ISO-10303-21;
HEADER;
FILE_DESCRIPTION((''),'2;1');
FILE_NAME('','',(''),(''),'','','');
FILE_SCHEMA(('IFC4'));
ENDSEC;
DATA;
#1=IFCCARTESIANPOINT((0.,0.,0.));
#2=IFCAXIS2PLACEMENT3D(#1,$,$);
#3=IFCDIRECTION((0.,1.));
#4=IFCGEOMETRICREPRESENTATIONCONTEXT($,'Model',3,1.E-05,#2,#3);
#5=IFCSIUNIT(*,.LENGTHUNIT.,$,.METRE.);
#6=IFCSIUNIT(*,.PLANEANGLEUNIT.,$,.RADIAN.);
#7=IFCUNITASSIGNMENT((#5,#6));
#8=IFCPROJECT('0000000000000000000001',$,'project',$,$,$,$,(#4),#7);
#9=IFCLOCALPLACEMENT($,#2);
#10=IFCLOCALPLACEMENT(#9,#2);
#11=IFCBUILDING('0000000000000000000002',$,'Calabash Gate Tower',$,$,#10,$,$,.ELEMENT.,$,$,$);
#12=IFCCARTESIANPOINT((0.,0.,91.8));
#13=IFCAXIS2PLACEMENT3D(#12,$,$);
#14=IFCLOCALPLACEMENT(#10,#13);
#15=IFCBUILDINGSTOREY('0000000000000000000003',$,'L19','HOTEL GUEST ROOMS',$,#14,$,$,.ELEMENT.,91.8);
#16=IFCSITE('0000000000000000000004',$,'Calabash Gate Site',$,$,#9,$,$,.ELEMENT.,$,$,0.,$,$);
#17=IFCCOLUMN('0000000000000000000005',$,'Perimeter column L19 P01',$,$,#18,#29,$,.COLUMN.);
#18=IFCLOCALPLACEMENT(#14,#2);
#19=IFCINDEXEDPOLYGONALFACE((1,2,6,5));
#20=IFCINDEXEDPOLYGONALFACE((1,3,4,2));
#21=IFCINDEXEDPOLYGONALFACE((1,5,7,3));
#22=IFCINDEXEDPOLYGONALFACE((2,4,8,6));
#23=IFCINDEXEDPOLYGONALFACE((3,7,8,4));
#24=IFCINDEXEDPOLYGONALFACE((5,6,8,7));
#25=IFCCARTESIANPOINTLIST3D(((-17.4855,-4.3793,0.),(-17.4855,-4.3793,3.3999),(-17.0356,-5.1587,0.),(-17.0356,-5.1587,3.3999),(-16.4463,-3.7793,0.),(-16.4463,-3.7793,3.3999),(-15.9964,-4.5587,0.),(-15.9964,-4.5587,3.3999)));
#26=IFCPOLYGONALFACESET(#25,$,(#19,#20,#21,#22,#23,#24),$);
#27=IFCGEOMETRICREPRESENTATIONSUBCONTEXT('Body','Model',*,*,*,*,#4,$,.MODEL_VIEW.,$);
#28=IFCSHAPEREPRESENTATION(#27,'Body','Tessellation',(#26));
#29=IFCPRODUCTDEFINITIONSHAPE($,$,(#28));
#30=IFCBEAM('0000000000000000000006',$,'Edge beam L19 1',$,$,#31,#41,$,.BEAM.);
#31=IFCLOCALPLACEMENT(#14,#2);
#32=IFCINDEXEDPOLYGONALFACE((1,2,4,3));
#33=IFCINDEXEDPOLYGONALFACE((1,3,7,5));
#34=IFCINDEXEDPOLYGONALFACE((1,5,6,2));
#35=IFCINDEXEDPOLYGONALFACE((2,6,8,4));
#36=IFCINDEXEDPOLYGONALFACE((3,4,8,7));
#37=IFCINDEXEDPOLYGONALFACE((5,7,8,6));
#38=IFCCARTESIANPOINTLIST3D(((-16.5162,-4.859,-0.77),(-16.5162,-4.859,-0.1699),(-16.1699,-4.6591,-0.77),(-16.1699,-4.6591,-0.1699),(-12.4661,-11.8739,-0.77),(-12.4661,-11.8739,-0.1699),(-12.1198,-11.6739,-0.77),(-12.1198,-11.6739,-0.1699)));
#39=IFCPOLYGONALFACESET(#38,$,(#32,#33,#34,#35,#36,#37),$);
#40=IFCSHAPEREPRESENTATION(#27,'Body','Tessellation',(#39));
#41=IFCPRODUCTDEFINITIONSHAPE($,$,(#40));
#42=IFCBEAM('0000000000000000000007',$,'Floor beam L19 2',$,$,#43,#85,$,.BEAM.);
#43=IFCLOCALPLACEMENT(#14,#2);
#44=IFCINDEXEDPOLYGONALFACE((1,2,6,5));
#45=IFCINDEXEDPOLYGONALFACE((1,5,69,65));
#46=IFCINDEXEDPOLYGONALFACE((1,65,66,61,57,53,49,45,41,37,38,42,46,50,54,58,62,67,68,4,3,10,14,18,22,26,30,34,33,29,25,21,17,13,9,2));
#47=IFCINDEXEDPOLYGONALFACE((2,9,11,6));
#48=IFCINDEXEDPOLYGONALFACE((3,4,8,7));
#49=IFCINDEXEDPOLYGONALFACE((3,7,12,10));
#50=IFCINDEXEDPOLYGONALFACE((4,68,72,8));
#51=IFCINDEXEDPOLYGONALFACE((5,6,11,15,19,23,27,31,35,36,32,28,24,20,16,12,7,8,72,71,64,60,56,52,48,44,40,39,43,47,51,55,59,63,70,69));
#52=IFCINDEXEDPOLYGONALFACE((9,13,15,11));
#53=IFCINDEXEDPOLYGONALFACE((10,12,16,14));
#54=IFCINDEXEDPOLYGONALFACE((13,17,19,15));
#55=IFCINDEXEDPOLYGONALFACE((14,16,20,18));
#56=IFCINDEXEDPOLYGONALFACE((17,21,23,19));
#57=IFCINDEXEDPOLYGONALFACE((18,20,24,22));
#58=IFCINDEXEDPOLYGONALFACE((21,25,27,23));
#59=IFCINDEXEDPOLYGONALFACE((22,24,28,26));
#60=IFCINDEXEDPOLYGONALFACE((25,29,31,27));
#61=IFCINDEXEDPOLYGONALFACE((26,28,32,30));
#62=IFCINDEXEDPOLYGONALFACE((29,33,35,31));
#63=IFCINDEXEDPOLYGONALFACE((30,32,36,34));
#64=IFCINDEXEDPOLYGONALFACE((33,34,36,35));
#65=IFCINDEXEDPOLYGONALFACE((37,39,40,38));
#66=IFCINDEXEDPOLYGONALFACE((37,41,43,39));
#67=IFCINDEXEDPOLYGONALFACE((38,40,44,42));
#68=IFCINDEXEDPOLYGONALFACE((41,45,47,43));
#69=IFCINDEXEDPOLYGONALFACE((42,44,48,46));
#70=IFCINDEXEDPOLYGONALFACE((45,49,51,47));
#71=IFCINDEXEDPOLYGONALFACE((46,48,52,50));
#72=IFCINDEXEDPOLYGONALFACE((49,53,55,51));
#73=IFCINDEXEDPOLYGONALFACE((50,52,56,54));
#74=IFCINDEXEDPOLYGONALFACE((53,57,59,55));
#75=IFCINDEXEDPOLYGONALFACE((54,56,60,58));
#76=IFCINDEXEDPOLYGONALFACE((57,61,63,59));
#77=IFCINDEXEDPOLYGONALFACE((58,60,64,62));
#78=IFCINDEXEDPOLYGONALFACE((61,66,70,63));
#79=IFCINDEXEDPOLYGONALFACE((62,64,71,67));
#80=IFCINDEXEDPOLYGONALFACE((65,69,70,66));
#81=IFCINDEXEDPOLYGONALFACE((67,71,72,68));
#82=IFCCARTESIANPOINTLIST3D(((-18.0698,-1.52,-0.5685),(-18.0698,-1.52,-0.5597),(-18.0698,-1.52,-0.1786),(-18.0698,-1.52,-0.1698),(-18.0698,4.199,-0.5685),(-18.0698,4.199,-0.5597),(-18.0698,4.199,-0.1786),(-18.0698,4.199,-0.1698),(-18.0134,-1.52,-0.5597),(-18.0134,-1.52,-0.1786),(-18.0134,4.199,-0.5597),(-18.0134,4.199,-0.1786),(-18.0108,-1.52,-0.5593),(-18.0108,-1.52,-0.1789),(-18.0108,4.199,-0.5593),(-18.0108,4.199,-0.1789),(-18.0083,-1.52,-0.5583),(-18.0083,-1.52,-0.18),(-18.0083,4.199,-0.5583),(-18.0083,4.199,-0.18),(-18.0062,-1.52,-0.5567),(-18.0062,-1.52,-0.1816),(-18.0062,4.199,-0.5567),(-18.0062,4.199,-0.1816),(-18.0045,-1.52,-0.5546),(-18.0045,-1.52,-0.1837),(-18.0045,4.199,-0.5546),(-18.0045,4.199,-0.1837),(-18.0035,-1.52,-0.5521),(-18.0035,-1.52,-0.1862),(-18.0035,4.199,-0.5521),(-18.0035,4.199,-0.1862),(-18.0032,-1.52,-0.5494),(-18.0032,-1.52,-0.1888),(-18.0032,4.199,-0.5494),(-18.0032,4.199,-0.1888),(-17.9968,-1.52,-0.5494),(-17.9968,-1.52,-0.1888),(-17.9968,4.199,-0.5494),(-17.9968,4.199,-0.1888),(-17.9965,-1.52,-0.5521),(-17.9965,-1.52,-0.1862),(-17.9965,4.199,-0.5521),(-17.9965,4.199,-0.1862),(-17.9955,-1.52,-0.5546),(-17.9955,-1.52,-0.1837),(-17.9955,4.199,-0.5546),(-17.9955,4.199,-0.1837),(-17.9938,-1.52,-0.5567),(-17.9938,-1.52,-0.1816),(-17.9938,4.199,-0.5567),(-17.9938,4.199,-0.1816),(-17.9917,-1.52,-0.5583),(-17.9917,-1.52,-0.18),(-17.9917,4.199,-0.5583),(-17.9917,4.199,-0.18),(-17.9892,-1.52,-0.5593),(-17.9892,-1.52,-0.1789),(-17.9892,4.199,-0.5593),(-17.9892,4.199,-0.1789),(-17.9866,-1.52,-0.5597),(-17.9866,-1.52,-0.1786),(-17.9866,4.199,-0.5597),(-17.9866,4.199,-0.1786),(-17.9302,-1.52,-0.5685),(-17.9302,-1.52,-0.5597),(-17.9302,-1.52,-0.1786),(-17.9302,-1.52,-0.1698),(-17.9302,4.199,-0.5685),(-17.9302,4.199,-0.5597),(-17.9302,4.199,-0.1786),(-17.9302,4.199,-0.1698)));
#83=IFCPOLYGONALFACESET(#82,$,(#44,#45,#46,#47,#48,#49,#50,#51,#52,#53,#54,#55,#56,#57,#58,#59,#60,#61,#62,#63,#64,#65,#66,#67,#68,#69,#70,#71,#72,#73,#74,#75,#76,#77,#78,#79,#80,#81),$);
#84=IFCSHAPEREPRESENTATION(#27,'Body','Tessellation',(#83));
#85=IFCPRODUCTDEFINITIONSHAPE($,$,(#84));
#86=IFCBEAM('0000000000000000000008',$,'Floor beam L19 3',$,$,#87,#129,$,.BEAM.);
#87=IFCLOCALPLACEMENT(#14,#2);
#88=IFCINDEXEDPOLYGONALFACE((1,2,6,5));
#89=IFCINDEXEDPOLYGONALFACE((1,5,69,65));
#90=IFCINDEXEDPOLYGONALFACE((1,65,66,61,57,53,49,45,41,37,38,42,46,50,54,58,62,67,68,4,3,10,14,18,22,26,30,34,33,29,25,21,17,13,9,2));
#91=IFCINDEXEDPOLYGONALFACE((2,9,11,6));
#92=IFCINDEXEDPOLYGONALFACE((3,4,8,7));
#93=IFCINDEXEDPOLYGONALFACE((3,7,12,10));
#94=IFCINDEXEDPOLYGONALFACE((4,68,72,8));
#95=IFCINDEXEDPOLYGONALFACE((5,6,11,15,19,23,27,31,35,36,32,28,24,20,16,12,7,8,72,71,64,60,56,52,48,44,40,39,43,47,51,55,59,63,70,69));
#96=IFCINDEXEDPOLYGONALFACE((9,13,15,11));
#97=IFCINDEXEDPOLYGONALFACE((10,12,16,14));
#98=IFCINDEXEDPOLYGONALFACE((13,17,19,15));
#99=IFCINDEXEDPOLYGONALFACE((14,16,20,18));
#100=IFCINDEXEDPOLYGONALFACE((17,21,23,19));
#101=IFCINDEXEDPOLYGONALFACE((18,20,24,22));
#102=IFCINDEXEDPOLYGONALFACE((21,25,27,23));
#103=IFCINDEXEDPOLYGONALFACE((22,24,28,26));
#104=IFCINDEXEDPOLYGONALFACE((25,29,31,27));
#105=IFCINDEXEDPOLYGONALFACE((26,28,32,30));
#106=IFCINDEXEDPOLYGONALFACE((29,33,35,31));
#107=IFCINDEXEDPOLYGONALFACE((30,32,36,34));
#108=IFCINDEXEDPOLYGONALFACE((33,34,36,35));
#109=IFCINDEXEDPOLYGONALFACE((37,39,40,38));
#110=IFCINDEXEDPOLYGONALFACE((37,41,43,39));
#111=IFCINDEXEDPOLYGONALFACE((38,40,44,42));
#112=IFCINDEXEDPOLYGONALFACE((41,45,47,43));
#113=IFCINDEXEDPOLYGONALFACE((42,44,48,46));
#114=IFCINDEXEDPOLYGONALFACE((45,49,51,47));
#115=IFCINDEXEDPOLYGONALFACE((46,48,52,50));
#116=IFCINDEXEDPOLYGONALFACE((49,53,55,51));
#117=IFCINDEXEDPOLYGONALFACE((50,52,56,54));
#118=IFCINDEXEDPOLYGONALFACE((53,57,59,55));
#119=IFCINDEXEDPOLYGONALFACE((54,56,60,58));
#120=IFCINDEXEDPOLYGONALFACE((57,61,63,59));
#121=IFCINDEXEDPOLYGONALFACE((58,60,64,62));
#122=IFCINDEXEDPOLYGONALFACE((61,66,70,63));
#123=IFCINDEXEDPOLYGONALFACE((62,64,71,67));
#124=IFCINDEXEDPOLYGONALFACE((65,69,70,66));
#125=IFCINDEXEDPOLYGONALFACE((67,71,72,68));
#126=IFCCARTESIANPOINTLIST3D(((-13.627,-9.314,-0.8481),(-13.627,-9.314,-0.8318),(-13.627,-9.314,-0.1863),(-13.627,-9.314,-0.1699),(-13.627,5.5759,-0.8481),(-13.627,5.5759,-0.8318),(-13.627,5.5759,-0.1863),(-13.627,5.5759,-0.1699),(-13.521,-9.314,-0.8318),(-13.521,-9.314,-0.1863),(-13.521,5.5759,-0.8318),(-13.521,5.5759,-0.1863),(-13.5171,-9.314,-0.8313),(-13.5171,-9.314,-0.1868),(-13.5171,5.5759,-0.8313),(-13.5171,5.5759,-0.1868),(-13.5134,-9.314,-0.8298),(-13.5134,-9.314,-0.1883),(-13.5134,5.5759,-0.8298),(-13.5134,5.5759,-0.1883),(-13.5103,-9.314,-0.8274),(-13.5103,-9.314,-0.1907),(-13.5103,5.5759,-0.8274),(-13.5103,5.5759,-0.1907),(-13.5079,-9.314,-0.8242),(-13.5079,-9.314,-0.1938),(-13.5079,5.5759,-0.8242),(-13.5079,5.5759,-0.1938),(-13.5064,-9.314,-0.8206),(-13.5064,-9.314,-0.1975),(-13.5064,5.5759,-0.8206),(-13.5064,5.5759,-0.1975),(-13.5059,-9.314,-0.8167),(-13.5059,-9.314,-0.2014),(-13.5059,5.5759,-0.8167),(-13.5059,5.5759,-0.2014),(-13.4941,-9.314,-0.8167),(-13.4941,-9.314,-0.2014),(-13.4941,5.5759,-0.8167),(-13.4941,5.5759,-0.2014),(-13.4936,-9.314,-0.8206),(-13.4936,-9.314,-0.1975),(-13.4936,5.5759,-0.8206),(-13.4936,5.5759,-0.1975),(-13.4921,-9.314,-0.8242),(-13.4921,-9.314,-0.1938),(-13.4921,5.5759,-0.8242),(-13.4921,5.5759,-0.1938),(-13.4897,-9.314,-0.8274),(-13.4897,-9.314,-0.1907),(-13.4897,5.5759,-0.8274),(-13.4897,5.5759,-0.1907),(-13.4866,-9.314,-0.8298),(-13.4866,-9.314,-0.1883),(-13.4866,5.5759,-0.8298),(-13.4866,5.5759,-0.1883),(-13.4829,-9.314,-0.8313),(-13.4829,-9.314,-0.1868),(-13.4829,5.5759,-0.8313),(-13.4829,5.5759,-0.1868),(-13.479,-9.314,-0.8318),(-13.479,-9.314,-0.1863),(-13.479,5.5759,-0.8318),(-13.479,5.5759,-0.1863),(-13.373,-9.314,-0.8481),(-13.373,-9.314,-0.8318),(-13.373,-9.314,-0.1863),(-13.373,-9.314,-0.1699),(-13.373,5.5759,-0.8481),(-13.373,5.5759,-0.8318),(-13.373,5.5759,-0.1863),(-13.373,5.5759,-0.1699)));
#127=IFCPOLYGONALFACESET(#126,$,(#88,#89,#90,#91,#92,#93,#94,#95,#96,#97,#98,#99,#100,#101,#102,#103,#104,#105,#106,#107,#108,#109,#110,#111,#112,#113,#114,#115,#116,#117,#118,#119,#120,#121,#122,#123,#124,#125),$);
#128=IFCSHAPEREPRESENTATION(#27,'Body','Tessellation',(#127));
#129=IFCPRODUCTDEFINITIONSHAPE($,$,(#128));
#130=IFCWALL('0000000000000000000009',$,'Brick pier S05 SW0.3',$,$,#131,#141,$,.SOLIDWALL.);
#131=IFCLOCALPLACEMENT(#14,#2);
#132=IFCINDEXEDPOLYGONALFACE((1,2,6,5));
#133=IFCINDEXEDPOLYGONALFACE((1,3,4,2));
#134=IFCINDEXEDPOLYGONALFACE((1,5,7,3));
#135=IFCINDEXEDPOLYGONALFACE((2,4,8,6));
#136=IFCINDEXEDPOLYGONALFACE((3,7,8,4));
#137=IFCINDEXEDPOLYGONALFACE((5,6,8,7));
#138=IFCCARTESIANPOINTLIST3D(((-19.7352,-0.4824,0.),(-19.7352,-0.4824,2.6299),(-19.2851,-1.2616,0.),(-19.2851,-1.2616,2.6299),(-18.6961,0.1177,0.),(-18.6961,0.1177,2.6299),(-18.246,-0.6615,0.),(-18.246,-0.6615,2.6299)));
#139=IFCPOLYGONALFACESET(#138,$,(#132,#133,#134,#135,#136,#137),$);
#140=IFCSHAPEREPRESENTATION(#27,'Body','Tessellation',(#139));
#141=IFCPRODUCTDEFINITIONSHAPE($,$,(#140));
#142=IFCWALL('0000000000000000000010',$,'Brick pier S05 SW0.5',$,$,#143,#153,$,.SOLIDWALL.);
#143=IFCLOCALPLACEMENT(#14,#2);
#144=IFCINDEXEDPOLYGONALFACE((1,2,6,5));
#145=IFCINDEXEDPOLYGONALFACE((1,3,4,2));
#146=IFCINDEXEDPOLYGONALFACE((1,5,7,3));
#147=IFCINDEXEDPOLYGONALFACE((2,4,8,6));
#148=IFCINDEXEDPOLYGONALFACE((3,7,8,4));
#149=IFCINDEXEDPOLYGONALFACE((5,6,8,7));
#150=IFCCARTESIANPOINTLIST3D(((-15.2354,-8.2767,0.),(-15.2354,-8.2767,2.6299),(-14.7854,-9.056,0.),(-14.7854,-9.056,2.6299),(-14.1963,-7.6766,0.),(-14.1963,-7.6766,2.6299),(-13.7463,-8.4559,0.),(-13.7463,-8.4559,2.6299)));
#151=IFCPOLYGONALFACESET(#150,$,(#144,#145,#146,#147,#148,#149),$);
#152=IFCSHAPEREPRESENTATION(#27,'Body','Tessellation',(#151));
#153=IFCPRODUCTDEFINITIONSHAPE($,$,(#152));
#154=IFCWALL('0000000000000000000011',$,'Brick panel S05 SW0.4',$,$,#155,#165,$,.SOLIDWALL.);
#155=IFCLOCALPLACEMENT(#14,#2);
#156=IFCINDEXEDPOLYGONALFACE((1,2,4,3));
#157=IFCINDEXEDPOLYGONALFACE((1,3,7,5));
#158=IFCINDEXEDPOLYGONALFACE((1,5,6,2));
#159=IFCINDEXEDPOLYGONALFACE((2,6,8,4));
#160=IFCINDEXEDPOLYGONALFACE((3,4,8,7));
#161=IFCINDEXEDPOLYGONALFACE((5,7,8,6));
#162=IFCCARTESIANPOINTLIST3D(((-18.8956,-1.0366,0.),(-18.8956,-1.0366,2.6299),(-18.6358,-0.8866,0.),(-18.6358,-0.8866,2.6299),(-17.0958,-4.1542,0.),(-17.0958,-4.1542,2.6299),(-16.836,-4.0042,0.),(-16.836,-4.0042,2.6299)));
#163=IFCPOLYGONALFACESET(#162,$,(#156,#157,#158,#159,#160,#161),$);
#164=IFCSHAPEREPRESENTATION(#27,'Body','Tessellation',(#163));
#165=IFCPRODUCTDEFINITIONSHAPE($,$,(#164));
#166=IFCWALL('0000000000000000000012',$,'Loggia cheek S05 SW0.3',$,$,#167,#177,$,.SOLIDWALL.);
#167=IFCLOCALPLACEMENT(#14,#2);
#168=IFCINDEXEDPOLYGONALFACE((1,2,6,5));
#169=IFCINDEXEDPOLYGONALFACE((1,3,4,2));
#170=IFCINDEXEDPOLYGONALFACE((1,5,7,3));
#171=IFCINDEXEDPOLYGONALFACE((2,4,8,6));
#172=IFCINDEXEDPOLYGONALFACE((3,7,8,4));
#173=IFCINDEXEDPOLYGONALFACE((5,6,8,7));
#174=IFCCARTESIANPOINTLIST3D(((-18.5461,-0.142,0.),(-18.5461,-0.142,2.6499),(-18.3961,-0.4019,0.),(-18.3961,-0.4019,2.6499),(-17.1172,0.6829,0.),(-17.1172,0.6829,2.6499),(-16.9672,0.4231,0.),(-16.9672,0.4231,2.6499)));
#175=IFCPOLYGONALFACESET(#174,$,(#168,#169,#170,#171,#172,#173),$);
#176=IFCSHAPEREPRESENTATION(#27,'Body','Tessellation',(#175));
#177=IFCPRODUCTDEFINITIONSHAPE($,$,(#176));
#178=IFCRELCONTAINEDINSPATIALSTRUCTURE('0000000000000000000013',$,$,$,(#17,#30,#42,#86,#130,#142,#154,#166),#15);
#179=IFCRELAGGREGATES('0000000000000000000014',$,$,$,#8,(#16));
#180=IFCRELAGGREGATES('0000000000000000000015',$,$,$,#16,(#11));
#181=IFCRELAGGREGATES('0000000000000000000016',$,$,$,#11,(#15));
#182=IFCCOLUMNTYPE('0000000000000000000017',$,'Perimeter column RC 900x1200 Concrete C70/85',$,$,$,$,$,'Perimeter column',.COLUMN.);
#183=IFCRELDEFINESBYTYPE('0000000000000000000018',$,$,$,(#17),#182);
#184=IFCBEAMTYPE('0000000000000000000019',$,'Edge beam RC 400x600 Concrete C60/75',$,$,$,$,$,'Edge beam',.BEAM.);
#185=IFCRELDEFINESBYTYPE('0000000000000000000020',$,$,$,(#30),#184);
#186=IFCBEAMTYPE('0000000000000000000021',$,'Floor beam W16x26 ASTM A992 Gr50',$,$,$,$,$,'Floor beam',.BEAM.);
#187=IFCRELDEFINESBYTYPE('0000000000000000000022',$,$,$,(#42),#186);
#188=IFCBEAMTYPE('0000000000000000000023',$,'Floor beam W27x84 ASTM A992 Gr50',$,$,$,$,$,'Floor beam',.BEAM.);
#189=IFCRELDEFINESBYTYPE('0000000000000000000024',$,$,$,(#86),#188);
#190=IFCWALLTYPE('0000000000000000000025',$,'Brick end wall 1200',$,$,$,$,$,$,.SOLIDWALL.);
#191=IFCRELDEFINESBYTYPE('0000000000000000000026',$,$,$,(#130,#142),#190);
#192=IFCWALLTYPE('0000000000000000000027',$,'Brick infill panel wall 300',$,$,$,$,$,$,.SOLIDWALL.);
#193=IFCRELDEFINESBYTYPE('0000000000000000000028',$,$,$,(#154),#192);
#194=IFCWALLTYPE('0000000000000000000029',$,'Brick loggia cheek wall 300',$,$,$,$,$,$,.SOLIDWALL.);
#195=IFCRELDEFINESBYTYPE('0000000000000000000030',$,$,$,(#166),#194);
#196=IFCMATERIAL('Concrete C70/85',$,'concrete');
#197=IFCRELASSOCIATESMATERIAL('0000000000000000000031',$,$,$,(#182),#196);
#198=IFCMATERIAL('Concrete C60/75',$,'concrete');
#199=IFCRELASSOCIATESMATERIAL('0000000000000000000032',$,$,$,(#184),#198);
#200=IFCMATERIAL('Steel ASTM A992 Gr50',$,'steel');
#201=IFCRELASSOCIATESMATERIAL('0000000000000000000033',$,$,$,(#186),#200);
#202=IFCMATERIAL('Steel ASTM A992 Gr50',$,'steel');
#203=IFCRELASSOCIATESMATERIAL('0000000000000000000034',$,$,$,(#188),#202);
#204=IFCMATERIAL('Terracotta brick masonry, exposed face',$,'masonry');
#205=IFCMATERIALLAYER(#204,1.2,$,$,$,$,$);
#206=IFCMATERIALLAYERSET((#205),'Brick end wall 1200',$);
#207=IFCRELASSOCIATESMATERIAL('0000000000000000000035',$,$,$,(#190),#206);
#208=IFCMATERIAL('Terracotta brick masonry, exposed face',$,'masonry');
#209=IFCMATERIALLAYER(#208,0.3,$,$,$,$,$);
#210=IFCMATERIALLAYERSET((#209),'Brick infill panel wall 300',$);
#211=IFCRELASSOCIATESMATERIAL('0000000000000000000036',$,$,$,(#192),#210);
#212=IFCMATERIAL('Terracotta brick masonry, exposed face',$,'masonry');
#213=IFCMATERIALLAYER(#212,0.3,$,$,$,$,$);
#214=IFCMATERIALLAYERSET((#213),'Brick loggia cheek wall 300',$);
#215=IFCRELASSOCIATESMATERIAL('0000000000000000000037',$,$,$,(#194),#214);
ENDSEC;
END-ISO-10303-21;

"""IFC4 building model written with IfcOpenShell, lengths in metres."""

from ifc_helpers import new_model, si_unit, direction, frame, frame_2d, origin, origin_2d, place, context, subcontext, project, spatial, rectangle, i_section, extrude, material, layer, layer_set, material_profile, profile_set, type_object, element, save


model = new_model("IFC4")

# Units and contexts
model_context = context("Model", 3, precision=1e-05, world=origin(), true_north=direction((0.0, 1.0)))
body_context = subcontext(model_context, "Body", "Model", "MODEL_VIEW")
ifc_project = project(units=[si_unit("LENGTHUNIT", "METRE"), si_unit("PLANEANGLEUNIT", "RADIAN")], contexts=[model_context])

# Site, building, storey
site_placement = place(None, origin())
site = spatial("IfcSite", under=ifc_project, at=site_placement, Name="Calabash Gate Site", CompositionType="ELEMENT", RefElevation=0.0)
building_placement = place(site_placement, origin())
building = spatial("IfcBuilding", under=site, at=building_placement, Name="Calabash Gate Tower", CompositionType="ELEMENT")
storey_placement = place(building_placement, frame((0.0, 0.0, 91.8)))
storey = spatial("IfcBuildingStorey", under=building, at=storey_placement, Name="L19", Description="HOTEL GUEST ROOMS", CompositionType="ELEMENT", Elevation=91.8)

# Column
ifc_material_1 = material(Name="Concrete C70/85", Category="concrete")
ifc_material_profile_1 = material_profile(ifc_material_1, rectangle(XDim=0.8999, YDim=1.2, at=origin_2d()))
ifc_profile_set_1 = profile_set([ifc_material_profile_1], Name="Concrete C70/85")
column_type = type_object("IfcColumnType", Name="Perimeter column RC 900x1200 Concrete C70/85", ElementType="Perimeter column", PredefinedType="COLUMN", material=ifc_profile_set_1)
column_placement = place(storey_placement, frame((-16.741, -4.469, 0.0), z_axis=(0.0, 0.0, 1.0), x_axis=(0.5, -0.866025, 0.0)))
element("IfcColumn", 1, at=column_placement, inside=storey, type_object=column_type, Name="Perimeter column L19 P01", PredefinedType="COLUMN", context=body_context, shape_type="SweptSolid", body=[
    extrude(rectangle(XDim=0.8999, YDim=1.2, at=origin_2d()), origin(), (0.0, 0.0, 1.0), 3.3999),
])

# Beams
ifc_material_2 = material(Name="Concrete C60/75", Category="concrete")
ifc_material_profile_2 = material_profile(ifc_material_2, rectangle(XDim=0.3999, YDim=0.6001, at=origin_2d()))
ifc_profile_set_2 = profile_set([ifc_material_profile_2], Name="Concrete C60/75")
beam_type_1 = type_object("IfcBeamType", Name="Edge beam RC 400x600 Concrete C60/75", ElementType="Edge beam", PredefinedType="BEAM", material=ifc_profile_set_2)
beam_1_placement = place(storey_placement, frame((-16.343, -4.759, -0.47), z_axis=(0.5, -0.866025, 0.0), x_axis=(0.866025, 0.5, 0.0)))
element("IfcBeam", 2, at=beam_1_placement, inside=storey, type_object=beam_type_1, Name="Edge beam L19 1", PredefinedType="BEAM", context=body_context, shape_type="SweptSolid", body=[
    extrude(rectangle(XDim=0.3999, YDim=0.6001, at=origin_2d()), origin(), (0.0, 0.0, 1.0), 8.1001),
])
ifc_material_3 = material(Name="Steel ASTM A992 Gr50", Category="steel")
ifc_material_profile_3 = material_profile(ifc_material_3, i_section(OverallWidth=0.1396, OverallDepth=0.3987, WebThickness=0.0063, FlangeThickness=0.0088, FilletRadius=0.0103, at=origin_2d()))
ifc_profile_set_3 = profile_set([ifc_material_profile_3], Name="Steel ASTM A992 Gr50")
beam_type_2 = type_object("IfcBeamType", Name="Floor beam W16x26 ASTM A992 Gr50", ElementType="Floor beam", PredefinedType="BEAM", material=ifc_profile_set_3)
beam_2_placement = place(storey_placement, frame((-18.0, -1.52, -0.3691), z_axis=(0.0, 1.0, 0.0), x_axis=(-1.0, 0.0, 0.0)))
element("IfcBeam", 3, at=beam_2_placement, inside=storey, type_object=beam_type_2, Name="Floor beam L19 2", PredefinedType="BEAM", context=body_context, shape_type="SweptSolid", body=[
    extrude(i_section(OverallWidth=0.1396, OverallDepth=0.3987, WebThickness=0.0063, FlangeThickness=0.0088, FilletRadius=0.0103, at=origin_2d()), origin(), (0.0, 0.0, 1.0), 5.719),
])
ifc_material_4 = material(Name="Steel ASTM A992 Gr50", Category="steel")
ifc_material_profile_4 = material_profile(ifc_material_4, i_section(OverallWidth=0.2539, OverallDepth=0.6782, WebThickness=0.0117, FlangeThickness=0.0164, FilletRadius=0.0151, at=origin_2d()))
ifc_profile_set_4 = profile_set([ifc_material_profile_4], Name="Steel ASTM A992 Gr50")
beam_type_3 = type_object("IfcBeamType", Name="Floor beam W27x84 ASTM A992 Gr50", ElementType="Floor beam", PredefinedType="BEAM", material=ifc_profile_set_4)
beam_3_placement = place(storey_placement, frame((-13.5, -9.314, -0.509), z_axis=(0.0, 1.0, 0.0), x_axis=(-1.0, 0.0, 0.0)))
element("IfcBeam", 4, at=beam_3_placement, inside=storey, type_object=beam_type_3, Name="Floor beam L19 3", PredefinedType="BEAM", context=body_context, shape_type="SweptSolid", body=[
    extrude(i_section(OverallWidth=0.2539, OverallDepth=0.6782, WebThickness=0.0117, FlangeThickness=0.0164, FilletRadius=0.0151, at=origin_2d()), origin(), (0.0, 0.0, 1.0), 14.8899),
])

# Walls
ifc_material_5 = material(Name="Terracotta brick masonry, exposed face", Category="masonry")
ifc_layer_1 = layer(ifc_material_5, 1.2)
ifc_layer_set_1 = layer_set([ifc_layer_1], Name="Brick end wall 1200")
wall_type_1 = type_object("IfcWallType", Name="Brick end wall 1200", PredefinedType="SOLIDWALL", material=ifc_layer_set_1)
for number, where, z_axis, x_axis, name in (
    (5, (-19.5103, -0.8721, 0.0), (0.0, 0.0, 1.0), (0.865955, 0.500122, 0.0), "Brick pier S05 SW0.3"),
    (6, (-13.9712, -8.0662, 0.0), (0.0, 0.0, 1.0), (-0.865955, -0.500122, 0.0), "Brick pier S05 SW0.5"),
):
    element("IfcWall", number, at=place(storey_placement, frame(where, z_axis=z_axis, x_axis=x_axis)), inside=storey, type_object=wall_type_1, Name=name, PredefinedType="SOLIDWALL", context=body_context, shape_type="SweptSolid", body=[
        extrude(rectangle(XDim=1.2, YDim=0.8999, at=frame_2d((0.6001, 0.0))), origin(), (0.0, 0.0, 1.0), 2.6299),
    ])
ifc_material_6 = material(Name="Terracotta brick masonry, exposed face", Category="masonry")
ifc_layer_2 = layer(ifc_material_6, 0.3)
ifc_layer_set_2 = layer_set([ifc_layer_2], Name="Brick infill panel wall 300")
wall_type_2 = type_object("IfcWallType", Name="Brick infill panel wall 300", PredefinedType="SOLIDWALL", material=ifc_layer_set_2)
wall_1_placement = place(storey_placement, frame((-18.7656, -0.9617, 0.0), z_axis=(0.0, 0.0, 1.0), x_axis=(0.499961, -0.866048, 0.0)))
element("IfcWall", 7, at=wall_1_placement, inside=storey, type_object=wall_type_2, Name="Brick panel S05 SW0.4", PredefinedType="SOLIDWALL", context=body_context, shape_type="SweptSolid", body=[
    extrude(rectangle(XDim=3.5999, YDim=0.3, at=frame_2d((1.7998, 0.0))), origin(), (0.0, 0.0, 1.0), 2.6299),
])
ifc_material_7 = material(Name="Terracotta brick masonry, exposed face", Category="masonry")
ifc_layer_3 = layer(ifc_material_7, 0.3)
ifc_layer_set_3 = layer_set([ifc_layer_3], Name="Brick loggia cheek wall 300")
wall_type_3 = type_object("IfcWallType", Name="Brick loggia cheek wall 300", PredefinedType="SOLIDWALL", material=ifc_layer_set_3)
wall_2_placement = place(storey_placement, frame((-17.0422, 0.553, 0.0), z_axis=(0.0, 0.0, 1.0), x_axis=(-0.86604, -0.499974, 0.0)))
element("IfcWall", 8, at=wall_2_placement, inside=storey, type_object=wall_type_3, Name="Loggia cheek S05 SW0.3", PredefinedType="SOLIDWALL", context=body_context, shape_type="SweptSolid", body=[
    extrude(rectangle(XDim=1.6499, YDim=0.3, at=frame_2d((0.825, 0.0))), origin(), (0.0, 0.0, 1.0), 2.6499),
])

save(model, "model.ifc")
